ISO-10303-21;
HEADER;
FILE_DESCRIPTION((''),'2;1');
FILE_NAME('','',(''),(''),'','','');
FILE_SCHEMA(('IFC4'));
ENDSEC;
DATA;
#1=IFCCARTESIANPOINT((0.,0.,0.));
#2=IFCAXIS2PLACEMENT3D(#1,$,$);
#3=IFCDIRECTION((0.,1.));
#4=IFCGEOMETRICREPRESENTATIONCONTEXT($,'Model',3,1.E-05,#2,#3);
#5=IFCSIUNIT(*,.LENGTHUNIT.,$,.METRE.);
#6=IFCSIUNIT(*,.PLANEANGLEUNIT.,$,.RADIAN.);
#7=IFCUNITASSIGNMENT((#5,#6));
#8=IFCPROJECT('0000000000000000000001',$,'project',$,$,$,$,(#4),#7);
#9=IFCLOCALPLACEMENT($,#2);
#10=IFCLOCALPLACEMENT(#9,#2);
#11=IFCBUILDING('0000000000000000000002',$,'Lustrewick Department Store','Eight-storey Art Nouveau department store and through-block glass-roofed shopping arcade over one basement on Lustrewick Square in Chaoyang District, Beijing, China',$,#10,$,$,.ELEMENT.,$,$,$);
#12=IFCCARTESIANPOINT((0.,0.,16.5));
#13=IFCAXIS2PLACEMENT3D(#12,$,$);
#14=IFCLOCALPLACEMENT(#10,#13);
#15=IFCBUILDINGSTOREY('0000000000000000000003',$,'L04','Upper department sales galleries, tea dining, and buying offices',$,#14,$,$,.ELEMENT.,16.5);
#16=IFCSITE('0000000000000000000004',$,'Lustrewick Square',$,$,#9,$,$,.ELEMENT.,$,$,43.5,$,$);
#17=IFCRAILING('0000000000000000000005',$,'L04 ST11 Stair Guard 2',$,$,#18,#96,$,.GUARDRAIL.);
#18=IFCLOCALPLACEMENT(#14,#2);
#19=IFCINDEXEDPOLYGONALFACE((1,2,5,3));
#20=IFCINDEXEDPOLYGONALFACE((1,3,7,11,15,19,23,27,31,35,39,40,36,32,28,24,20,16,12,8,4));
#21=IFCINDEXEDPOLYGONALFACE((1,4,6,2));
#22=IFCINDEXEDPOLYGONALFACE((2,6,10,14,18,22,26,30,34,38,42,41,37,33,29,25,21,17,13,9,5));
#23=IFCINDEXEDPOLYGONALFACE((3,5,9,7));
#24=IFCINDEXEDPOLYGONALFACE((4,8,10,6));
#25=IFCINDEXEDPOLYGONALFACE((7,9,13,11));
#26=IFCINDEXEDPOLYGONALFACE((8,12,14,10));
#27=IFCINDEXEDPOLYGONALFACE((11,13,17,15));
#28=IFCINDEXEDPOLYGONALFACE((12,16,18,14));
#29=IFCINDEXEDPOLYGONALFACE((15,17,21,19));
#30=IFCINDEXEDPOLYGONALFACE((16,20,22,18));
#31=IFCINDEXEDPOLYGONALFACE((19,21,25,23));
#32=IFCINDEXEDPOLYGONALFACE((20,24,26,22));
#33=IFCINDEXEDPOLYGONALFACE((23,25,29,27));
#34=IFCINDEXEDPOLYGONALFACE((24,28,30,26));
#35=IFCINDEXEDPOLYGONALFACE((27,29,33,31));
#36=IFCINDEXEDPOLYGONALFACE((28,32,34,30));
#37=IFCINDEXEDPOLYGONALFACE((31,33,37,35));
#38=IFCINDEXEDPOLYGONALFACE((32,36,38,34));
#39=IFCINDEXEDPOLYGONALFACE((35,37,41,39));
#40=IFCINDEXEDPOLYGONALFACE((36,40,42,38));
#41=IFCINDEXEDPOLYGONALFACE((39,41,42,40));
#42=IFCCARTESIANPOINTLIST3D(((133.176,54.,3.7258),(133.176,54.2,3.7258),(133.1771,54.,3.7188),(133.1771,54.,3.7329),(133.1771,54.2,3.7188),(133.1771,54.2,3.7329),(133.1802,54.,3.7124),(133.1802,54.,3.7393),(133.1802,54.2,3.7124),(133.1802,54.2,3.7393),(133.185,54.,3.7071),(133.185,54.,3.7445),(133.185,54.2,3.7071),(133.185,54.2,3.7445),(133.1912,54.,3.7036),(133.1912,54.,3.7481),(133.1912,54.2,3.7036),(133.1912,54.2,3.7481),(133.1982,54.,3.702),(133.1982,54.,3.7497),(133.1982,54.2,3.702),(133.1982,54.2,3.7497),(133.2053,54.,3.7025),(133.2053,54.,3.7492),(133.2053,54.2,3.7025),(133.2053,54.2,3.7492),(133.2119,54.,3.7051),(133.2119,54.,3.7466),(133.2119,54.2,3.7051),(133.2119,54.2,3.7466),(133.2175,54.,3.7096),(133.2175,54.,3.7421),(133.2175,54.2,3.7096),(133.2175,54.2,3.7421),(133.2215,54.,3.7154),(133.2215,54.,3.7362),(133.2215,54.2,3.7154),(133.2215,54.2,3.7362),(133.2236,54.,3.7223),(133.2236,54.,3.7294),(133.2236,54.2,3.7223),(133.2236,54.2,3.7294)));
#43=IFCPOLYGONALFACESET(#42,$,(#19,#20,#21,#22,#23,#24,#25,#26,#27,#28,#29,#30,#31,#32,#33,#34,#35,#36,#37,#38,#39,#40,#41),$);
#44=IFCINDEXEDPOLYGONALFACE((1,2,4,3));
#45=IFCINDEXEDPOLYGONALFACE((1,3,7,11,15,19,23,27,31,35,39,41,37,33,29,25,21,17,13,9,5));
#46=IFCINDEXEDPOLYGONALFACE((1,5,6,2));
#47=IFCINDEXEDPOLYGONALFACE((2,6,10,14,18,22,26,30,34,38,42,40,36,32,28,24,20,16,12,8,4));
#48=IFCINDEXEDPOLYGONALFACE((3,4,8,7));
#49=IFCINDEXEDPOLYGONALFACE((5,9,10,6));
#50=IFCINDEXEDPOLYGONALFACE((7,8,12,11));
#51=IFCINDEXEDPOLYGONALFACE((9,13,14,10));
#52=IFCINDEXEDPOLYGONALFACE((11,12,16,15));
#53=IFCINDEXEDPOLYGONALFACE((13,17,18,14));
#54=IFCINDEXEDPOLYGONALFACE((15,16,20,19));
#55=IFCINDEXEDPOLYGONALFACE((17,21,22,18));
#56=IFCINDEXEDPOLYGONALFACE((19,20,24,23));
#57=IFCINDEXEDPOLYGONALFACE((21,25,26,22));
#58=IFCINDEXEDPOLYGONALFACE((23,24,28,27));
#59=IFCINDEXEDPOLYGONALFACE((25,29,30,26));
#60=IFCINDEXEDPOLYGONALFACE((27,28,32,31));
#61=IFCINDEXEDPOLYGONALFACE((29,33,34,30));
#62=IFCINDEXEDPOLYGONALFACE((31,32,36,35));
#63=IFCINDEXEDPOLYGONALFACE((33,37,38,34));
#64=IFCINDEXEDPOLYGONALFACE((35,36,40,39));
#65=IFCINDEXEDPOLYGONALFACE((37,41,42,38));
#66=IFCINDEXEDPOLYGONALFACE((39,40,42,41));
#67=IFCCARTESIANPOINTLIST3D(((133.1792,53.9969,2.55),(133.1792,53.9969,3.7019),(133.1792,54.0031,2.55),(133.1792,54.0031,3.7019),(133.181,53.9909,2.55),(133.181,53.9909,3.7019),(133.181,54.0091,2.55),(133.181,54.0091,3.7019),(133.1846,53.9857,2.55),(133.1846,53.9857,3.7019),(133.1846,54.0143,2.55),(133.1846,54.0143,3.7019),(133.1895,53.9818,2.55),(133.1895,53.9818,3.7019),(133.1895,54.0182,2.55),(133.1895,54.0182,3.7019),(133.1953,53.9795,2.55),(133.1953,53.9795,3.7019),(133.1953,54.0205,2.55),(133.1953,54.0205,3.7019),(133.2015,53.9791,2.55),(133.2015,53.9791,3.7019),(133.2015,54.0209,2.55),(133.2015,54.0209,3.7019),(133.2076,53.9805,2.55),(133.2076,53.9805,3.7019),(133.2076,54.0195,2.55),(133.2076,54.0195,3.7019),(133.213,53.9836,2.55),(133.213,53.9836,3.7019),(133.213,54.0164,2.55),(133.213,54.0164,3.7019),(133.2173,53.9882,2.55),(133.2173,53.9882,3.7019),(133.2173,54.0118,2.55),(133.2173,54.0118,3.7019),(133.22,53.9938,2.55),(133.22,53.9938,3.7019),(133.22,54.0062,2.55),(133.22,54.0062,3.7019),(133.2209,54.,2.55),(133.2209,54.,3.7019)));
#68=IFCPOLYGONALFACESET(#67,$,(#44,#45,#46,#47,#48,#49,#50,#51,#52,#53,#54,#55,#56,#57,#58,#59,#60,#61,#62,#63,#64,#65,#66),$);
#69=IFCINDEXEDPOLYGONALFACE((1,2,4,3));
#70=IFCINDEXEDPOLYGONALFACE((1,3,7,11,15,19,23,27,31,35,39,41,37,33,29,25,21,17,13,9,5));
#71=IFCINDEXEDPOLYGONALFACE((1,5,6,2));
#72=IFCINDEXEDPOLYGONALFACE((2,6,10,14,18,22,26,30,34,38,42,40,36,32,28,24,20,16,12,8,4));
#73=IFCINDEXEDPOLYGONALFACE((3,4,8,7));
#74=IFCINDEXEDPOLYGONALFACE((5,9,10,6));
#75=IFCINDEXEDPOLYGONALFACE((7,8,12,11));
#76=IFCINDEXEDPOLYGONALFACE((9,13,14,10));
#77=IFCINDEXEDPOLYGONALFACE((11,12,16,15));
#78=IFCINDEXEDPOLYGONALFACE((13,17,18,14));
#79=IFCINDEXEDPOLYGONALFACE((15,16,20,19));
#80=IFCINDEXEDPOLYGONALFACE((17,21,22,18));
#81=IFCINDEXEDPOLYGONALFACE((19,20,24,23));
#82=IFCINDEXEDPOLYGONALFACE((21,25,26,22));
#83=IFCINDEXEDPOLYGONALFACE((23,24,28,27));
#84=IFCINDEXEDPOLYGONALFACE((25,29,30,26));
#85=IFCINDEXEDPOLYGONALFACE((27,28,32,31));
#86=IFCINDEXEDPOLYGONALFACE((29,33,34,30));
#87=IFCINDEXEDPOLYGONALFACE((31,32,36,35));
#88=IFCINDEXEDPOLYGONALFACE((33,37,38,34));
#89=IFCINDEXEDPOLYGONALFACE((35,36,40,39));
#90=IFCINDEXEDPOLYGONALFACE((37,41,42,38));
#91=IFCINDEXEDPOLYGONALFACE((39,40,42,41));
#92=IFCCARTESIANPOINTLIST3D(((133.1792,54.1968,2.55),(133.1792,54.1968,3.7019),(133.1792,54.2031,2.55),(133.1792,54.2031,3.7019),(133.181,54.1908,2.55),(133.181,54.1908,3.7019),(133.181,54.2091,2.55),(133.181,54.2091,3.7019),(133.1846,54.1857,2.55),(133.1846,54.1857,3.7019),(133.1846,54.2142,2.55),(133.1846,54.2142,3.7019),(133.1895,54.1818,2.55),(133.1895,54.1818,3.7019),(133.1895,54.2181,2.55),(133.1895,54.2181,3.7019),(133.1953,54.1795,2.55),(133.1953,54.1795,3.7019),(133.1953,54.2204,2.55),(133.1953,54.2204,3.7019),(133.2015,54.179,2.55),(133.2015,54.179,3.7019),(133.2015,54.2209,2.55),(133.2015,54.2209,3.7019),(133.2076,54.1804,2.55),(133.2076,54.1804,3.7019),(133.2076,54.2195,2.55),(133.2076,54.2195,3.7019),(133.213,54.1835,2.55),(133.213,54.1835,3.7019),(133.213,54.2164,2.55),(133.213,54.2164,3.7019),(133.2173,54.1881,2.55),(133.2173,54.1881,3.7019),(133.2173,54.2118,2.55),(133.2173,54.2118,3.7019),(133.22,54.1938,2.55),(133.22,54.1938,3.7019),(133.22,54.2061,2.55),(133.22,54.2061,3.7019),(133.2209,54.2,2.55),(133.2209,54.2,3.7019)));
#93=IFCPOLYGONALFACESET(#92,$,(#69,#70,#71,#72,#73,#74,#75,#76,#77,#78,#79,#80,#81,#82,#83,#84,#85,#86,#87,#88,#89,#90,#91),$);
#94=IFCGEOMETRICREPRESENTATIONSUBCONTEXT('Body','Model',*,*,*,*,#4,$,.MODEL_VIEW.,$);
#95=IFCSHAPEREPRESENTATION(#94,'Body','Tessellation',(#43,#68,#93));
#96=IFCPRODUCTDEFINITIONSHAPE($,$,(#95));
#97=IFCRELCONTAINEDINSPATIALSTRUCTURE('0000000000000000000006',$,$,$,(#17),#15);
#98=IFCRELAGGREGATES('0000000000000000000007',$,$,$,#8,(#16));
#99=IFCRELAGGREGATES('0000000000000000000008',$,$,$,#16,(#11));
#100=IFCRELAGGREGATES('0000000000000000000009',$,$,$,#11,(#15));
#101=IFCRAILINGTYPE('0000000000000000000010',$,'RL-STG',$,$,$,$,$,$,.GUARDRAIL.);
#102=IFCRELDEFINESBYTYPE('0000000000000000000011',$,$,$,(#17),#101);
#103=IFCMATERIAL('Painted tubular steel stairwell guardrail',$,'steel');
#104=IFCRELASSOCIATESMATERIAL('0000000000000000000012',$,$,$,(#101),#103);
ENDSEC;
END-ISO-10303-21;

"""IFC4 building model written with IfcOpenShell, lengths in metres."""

from ifc_helpers import new_model, si_unit, direction, frame, origin, origin_2d, place, context, subcontext, project, spatial, circle, extrude, material, type_object, element, save


model = new_model("IFC4")

# Units and contexts
model_context = context("Model", 3, precision=1e-05, world=origin(), true_north=direction((0.0, 1.0)))
body_context = subcontext(model_context, "Body", "Model", "MODEL_VIEW")
ifc_project = project(units=[si_unit("LENGTHUNIT", "METRE"), si_unit("PLANEANGLEUNIT", "RADIAN")], contexts=[model_context])

# Site, building, storey
site_placement = place(None, origin())
site = spatial("IfcSite", under=ifc_project, at=site_placement, Name="Lustrewick Square", CompositionType="ELEMENT", RefElevation=43.5)
building_placement = place(site_placement, origin())
building = spatial("IfcBuilding", under=site, at=building_placement, Name="Lustrewick Department Store", Description="Eight-storey Art Nouveau department store and through-block glass-roofed shopping arcade over one basement on Lustrewick Square in Chaoyang District, Beijing, China", CompositionType="ELEMENT")
storey_placement = place(building_placement, frame((0.0, 0.0, 16.5)))
storey = spatial("IfcBuildingStorey", under=building, at=storey_placement, Name="L04", Description="Upper department sales galleries, tea dining, and buying offices", CompositionType="ELEMENT", Elevation=16.5)

# Railing
ifc_material_1 = material(Name="Painted tubular steel stairwell guardrail", Category="steel")
railing_type_1 = type_object("IfcRailingType", Name="RL-STG", PredefinedType="GUARDRAIL", material=ifc_material_1)
railing_1_placement = place(storey_placement, frame((133.2, 54.0, 2.55)))
element("IfcRailing", 1, at=railing_1_placement, inside=storey, type_object=railing_type_1, Name="L04 ST11 Stair Guard 2", PredefinedType="GUARDRAIL", context=body_context, shape_type="SweptSolid", body=[
    extrude(circle(Radius=0.0239, at=origin_2d()), frame((0.0, 0.0, 1.1758), z_axis=(0.0, 1.0, 0.0), x_axis=(-1.0, 0.0, 0.0)), (0.0, 0.0, 1.0), 0.2),
    extrude(circle(Radius=0.021, at=origin_2d()), origin(), (0.0, 0.0, 1.0), 1.1519),
    extrude(circle(Radius=0.021, at=origin_2d()), frame((0.0, 0.2, 0.0)), (0.0, 0.0, 1.0), 1.1519),
])

save(model, "model.ifc")
